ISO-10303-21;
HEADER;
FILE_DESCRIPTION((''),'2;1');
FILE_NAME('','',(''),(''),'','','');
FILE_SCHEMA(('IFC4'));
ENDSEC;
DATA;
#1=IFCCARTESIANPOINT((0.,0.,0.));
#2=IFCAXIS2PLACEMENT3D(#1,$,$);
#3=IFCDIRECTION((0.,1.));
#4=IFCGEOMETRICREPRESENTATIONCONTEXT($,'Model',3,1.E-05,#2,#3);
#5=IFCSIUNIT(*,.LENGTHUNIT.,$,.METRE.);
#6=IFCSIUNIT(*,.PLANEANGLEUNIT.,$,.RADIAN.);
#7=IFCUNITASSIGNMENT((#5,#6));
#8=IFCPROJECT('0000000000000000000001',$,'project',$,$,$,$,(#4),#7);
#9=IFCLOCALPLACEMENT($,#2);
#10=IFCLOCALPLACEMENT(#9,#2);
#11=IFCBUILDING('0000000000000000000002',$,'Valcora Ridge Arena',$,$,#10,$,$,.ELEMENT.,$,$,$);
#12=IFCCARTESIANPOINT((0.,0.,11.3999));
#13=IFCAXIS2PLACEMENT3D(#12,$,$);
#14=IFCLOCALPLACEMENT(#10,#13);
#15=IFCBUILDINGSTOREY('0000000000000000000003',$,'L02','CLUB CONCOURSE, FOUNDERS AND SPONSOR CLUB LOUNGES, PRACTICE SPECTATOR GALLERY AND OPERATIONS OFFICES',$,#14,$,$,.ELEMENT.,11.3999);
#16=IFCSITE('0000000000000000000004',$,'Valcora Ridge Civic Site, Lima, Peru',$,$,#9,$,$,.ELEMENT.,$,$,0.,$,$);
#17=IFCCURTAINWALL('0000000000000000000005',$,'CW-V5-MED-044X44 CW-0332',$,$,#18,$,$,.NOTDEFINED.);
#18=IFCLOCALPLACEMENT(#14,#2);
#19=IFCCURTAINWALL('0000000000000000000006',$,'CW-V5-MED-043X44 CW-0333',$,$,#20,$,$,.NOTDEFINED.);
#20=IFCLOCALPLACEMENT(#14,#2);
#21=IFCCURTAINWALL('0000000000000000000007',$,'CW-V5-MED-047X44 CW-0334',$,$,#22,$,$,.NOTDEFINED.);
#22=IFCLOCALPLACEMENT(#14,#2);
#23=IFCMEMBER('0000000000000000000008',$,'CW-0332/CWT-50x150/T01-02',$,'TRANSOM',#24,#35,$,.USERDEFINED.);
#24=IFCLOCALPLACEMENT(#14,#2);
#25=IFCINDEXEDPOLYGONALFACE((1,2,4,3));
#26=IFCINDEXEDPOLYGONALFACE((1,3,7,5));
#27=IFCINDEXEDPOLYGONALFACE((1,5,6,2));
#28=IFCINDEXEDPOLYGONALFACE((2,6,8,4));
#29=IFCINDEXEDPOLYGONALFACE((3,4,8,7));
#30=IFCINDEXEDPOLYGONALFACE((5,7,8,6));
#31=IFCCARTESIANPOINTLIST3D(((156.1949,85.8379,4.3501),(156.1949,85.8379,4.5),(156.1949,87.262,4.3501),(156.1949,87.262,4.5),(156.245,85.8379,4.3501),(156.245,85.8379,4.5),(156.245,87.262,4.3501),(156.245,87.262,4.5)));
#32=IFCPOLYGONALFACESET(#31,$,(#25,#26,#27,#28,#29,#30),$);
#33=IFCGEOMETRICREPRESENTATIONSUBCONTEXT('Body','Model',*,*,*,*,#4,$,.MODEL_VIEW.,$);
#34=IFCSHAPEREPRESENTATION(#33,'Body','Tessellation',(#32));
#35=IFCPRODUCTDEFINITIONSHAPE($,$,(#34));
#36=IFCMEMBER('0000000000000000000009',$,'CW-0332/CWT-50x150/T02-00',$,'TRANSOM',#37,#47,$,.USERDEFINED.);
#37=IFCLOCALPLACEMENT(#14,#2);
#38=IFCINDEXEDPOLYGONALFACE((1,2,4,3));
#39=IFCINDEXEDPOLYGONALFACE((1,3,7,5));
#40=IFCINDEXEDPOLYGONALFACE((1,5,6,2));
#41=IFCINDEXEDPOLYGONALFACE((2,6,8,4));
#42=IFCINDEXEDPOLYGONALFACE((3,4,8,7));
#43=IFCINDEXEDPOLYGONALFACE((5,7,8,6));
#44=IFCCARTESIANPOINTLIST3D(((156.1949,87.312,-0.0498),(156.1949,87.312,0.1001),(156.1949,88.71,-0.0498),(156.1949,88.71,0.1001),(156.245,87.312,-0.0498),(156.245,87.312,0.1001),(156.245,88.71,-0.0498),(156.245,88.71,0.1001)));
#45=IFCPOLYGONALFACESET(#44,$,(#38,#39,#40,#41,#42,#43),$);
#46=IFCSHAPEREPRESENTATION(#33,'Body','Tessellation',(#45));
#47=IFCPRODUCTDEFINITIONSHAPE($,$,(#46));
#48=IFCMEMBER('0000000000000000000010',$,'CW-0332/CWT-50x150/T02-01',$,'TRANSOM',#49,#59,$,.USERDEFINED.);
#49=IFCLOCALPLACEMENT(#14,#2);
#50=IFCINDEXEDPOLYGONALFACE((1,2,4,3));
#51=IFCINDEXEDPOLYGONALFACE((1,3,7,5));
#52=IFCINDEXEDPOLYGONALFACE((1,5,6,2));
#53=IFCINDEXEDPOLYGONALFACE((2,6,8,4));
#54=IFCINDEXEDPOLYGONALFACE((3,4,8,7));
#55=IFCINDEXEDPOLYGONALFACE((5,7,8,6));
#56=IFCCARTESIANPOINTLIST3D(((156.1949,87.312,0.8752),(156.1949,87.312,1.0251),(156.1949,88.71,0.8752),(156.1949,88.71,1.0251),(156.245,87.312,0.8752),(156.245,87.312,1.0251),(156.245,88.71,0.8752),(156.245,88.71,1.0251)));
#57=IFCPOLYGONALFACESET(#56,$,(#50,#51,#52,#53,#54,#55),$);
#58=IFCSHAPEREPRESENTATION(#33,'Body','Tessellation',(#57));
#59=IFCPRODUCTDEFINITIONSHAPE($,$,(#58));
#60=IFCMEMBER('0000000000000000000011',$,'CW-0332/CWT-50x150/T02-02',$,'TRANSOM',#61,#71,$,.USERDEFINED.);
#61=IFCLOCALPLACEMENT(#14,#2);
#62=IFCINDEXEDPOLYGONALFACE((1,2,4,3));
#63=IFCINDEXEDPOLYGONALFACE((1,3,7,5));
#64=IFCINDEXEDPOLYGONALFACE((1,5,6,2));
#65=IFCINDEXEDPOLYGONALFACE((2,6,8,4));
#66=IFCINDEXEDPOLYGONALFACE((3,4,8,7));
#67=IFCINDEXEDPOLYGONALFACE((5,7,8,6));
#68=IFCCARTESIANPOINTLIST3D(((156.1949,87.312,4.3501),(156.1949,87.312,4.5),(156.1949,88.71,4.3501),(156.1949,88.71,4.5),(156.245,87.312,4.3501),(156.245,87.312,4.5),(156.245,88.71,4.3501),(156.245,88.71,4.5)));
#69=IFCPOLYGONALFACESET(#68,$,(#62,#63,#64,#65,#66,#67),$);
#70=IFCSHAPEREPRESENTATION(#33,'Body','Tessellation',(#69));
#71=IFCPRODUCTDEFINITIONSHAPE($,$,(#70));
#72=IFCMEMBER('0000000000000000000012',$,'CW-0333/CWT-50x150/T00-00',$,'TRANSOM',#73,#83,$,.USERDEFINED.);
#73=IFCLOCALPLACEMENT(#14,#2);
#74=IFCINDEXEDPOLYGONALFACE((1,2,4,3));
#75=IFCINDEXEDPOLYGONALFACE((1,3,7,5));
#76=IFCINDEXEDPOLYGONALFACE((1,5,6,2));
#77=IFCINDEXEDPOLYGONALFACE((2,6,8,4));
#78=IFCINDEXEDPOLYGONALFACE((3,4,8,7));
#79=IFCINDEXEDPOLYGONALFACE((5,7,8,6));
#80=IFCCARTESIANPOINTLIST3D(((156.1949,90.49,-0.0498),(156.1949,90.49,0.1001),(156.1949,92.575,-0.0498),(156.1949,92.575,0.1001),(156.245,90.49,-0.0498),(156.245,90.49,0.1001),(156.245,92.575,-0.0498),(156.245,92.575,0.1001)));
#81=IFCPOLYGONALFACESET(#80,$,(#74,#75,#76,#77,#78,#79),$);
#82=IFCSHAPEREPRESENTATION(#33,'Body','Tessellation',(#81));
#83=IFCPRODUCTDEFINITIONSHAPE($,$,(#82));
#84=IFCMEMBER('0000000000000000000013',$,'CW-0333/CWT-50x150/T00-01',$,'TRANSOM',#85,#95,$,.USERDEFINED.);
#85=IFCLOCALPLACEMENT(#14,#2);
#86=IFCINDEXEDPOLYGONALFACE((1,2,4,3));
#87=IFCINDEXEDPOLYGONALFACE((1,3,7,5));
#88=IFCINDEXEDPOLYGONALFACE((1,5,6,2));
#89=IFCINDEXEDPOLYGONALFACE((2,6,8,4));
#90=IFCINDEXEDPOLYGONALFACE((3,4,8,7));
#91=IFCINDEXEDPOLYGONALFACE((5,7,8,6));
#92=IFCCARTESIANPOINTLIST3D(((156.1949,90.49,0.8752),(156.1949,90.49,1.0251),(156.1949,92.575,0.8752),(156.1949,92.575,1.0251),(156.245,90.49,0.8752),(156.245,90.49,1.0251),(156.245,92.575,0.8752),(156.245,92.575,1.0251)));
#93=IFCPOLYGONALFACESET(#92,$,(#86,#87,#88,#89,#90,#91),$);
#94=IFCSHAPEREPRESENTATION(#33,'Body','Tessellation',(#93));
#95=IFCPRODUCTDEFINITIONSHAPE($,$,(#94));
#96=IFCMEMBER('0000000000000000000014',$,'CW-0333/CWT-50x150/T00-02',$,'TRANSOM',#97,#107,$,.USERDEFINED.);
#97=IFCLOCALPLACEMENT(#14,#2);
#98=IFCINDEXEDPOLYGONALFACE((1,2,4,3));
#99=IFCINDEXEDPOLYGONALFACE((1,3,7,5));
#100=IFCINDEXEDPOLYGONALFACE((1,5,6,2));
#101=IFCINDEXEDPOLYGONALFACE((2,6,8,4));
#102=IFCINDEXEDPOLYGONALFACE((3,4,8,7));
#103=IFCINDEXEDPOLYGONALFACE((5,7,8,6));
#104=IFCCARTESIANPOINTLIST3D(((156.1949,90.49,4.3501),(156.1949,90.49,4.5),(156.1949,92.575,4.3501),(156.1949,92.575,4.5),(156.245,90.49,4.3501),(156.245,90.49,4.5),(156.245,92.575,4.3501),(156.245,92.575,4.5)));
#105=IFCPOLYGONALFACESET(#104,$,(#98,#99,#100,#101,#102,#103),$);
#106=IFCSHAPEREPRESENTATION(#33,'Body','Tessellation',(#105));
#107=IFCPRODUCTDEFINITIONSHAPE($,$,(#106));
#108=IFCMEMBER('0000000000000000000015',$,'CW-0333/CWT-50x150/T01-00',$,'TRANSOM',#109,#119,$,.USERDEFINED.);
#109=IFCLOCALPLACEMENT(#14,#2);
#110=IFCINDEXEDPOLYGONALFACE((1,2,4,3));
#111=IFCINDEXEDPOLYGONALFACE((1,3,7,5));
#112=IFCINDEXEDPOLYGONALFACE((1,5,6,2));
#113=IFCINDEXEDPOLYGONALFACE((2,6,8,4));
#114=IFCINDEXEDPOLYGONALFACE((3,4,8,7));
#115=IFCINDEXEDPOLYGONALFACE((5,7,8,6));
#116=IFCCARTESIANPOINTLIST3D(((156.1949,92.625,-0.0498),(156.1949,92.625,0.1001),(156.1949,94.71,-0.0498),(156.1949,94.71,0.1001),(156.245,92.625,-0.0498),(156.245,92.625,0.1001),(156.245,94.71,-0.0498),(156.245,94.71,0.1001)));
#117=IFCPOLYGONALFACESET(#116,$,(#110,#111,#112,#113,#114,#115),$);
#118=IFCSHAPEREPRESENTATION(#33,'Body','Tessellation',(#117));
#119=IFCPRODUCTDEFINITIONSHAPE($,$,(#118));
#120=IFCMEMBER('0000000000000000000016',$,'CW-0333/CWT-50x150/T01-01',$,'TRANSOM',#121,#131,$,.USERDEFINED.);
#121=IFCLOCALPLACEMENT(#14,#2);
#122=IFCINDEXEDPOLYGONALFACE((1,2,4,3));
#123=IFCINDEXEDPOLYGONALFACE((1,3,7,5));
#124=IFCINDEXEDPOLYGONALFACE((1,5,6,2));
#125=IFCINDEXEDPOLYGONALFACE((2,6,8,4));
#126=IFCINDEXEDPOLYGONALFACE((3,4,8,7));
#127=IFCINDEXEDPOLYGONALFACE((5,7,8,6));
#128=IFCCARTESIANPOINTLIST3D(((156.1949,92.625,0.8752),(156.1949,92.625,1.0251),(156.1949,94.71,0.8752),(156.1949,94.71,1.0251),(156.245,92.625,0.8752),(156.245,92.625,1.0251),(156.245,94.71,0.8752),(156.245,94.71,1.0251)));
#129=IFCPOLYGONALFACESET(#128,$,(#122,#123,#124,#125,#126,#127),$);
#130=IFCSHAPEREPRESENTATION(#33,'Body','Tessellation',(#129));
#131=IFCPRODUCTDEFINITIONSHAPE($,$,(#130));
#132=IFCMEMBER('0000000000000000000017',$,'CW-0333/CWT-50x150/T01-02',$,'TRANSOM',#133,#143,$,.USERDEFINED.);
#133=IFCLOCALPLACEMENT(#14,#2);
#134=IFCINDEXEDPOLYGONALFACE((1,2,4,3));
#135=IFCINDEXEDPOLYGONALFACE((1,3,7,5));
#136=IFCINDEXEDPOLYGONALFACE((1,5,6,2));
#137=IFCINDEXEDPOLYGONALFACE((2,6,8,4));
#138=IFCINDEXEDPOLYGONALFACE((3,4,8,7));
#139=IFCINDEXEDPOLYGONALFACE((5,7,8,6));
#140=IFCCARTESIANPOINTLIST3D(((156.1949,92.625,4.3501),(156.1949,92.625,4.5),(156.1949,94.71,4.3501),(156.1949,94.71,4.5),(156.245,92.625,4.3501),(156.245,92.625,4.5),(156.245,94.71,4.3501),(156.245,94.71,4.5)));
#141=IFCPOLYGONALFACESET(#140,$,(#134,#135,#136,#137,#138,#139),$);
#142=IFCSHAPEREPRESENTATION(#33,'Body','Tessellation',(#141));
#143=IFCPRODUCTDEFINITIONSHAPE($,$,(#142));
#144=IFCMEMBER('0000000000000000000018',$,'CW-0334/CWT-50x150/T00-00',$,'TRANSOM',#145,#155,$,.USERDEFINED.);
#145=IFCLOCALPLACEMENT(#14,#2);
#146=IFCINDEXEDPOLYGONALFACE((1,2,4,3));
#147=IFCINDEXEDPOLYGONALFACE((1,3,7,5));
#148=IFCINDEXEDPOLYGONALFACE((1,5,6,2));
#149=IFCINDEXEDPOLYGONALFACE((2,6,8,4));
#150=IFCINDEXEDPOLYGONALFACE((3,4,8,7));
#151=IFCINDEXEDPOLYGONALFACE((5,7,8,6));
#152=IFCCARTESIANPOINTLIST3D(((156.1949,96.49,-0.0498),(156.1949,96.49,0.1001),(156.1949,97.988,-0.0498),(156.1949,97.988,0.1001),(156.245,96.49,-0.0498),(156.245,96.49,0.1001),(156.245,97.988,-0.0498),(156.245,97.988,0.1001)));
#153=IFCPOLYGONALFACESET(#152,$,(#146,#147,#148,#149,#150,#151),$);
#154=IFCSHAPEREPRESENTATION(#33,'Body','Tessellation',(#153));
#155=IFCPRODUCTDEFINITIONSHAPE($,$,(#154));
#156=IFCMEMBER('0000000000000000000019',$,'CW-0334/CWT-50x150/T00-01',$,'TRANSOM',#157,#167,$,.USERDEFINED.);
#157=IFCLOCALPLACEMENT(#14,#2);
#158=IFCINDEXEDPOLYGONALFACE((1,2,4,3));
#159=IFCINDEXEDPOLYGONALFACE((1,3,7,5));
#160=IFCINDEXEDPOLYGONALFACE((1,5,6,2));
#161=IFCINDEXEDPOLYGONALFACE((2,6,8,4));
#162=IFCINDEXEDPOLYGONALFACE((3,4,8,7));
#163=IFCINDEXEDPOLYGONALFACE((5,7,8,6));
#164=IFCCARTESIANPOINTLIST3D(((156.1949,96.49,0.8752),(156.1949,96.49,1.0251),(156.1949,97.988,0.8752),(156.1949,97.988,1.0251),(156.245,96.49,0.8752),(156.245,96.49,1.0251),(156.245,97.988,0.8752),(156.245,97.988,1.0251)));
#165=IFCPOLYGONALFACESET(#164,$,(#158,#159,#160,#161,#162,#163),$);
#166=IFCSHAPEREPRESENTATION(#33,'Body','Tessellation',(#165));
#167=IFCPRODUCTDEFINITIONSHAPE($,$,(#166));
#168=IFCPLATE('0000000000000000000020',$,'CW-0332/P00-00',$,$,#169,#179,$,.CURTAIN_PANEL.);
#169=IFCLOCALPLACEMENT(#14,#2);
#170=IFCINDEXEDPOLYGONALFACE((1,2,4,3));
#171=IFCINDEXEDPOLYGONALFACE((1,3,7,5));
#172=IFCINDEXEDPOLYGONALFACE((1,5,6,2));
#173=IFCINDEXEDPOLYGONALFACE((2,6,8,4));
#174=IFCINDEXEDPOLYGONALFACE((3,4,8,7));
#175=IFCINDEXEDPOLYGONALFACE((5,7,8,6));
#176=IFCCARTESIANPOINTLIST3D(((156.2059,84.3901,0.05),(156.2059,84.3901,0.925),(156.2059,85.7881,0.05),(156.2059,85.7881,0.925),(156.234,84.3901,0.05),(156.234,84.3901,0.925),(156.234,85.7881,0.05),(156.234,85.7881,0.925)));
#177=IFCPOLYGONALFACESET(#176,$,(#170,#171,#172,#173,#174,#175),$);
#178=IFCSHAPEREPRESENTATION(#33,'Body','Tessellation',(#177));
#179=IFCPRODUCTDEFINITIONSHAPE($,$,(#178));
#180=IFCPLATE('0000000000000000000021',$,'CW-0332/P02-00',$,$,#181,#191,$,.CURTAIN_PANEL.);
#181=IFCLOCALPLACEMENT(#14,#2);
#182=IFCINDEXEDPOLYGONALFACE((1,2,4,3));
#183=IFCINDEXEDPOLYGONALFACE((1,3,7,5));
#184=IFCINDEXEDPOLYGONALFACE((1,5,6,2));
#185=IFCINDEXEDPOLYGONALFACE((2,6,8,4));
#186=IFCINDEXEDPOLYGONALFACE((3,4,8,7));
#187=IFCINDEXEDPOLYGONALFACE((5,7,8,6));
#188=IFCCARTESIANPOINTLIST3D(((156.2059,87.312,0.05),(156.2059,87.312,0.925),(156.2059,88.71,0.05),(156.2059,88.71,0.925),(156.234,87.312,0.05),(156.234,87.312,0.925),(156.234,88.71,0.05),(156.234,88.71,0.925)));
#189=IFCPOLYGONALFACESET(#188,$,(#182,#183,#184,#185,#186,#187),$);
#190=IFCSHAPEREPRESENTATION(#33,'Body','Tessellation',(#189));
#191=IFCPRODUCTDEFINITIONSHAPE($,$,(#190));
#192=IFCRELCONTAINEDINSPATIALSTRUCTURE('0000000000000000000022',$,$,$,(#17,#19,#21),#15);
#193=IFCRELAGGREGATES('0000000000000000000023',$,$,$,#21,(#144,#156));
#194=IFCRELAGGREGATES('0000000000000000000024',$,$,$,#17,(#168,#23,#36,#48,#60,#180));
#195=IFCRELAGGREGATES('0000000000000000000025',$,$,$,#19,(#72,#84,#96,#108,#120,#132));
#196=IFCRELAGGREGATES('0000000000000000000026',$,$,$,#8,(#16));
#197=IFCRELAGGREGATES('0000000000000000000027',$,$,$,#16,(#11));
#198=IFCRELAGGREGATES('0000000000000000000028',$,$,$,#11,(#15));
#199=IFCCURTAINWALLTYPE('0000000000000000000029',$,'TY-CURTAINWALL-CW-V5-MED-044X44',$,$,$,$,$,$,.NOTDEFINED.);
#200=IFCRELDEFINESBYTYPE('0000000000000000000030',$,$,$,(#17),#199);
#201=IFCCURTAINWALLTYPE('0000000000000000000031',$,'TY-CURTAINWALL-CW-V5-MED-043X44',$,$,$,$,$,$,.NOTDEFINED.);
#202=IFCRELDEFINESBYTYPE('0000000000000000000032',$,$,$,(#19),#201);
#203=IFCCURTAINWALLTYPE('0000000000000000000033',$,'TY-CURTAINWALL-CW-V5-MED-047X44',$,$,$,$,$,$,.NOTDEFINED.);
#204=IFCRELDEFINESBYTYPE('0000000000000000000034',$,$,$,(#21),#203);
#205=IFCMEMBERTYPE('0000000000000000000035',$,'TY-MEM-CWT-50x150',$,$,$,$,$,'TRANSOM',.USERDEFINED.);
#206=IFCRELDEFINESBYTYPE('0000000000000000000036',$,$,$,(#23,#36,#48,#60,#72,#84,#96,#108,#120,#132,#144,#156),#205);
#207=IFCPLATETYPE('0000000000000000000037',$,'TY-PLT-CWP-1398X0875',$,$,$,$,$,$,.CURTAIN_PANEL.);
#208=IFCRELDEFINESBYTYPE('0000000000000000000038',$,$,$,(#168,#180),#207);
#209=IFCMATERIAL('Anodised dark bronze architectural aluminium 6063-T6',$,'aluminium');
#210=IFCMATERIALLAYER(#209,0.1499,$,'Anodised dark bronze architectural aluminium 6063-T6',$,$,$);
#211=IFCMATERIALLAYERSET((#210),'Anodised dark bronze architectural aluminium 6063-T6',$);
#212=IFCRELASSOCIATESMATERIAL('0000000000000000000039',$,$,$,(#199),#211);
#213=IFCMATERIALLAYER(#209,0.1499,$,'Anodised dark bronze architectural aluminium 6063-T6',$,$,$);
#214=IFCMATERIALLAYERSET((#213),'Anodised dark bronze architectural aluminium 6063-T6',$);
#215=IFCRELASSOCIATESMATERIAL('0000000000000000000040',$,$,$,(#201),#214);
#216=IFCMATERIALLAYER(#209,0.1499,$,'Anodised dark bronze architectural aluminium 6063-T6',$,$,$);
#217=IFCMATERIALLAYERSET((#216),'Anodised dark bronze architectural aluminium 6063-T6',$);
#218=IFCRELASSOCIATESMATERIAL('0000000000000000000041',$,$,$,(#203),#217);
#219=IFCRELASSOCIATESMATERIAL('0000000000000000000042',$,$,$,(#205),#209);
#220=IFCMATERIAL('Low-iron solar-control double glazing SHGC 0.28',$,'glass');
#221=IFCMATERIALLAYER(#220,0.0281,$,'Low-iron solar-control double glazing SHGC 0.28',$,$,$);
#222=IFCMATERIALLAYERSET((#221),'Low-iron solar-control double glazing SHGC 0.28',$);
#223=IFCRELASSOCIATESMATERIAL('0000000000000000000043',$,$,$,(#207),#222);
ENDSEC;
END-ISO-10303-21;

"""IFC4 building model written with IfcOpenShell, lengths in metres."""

from ifc_helpers import new_model, si_unit, direction, frame, origin, origin_2d, place, context, subcontext, project, spatial, rectangle, extrude, material, layer, layer_set, material_profile, profile_set, type_object, element, aggregate, save


model = new_model("IFC4")

# Units and contexts
model_context = context("Model", 3, precision=1e-05, world=origin(), true_north=direction((0.0, 1.0)))
body_context = subcontext(model_context, "Body", "Model", "MODEL_VIEW")
ifc_project = project(units=[si_unit("LENGTHUNIT", "METRE"), si_unit("PLANEANGLEUNIT", "RADIAN")], contexts=[model_context])

# Site, building, storey
site_placement = place(None, origin())
site = spatial("IfcSite", under=ifc_project, at=site_placement, Name="Valcora Ridge Civic Site, Lima, Peru", CompositionType="ELEMENT", RefElevation=0.0)
building_placement = place(site_placement, origin())
building = spatial("IfcBuilding", under=site, at=building_placement, Name="Valcora Ridge Arena", CompositionType="ELEMENT")
storey_placement = place(building_placement, frame((0.0, 0.0, 11.3999)))
storey = spatial("IfcBuildingStorey", under=building, at=storey_placement, Name="L02", Description="CLUB CONCOURSE, FOUNDERS AND SPONSOR CLUB LOUNGES, PRACTICE SPECTATOR GALLERY AND OPERATIONS OFFICES", CompositionType="ELEMENT", Elevation=11.3999)

# Curtain walls
ifc_material_1 = material(Name="Anodised dark bronze architectural aluminium 6063-T6", Category="aluminium")
ifc_layer_1 = layer(ifc_material_1, 0.1499, Name="Anodised dark bronze architectural aluminium 6063-T6")
ifc_layer_set_1 = layer_set([ifc_layer_1], Name="Anodised dark bronze architectural aluminium 6063-T6")
curtain_wall_type_1 = type_object("IfcCurtainWallType", Name="TY-CURTAINWALL-CW-V5-MED-044X44", PredefinedType="NOTDEFINED", material=ifc_layer_set_1)
curtain_wall_1_placement = place(storey_placement, origin())
curtain_wall_1 = element("IfcCurtainWall", 1, at=curtain_wall_1_placement, inside=storey, type_object=curtain_wall_type_1, Name="CW-V5-MED-044X44 CW-0332", PredefinedType="NOTDEFINED")
ifc_layer_2 = layer(ifc_material_1, 0.1499, Name="Anodised dark bronze architectural aluminium 6063-T6")
ifc_layer_set_2 = layer_set([ifc_layer_2], Name="Anodised dark bronze architectural aluminium 6063-T6")
curtain_wall_type_2 = type_object("IfcCurtainWallType", Name="TY-CURTAINWALL-CW-V5-MED-043X44", PredefinedType="NOTDEFINED", material=ifc_layer_set_2)
curtain_wall_2_placement = place(storey_placement, origin())
curtain_wall_2 = element("IfcCurtainWall", 2, at=curtain_wall_2_placement, inside=storey, type_object=curtain_wall_type_2, Name="CW-V5-MED-043X44 CW-0333", PredefinedType="NOTDEFINED")

# Curtain wall
ifc_layer_3 = layer(ifc_material_1, 0.1499, Name="Anodised dark bronze architectural aluminium 6063-T6")
ifc_layer_set_3 = layer_set([ifc_layer_3], Name="Anodised dark bronze architectural aluminium 6063-T6")
curtain_wall_type_3 = type_object("IfcCurtainWallType", Name="TY-CURTAINWALL-CW-V5-MED-047X44", PredefinedType="NOTDEFINED", material=ifc_layer_set_3)
curtain_wall_3_placement = place(storey_placement, origin())
curtain_wall_3 = element("IfcCurtainWall", 3, at=curtain_wall_3_placement, inside=storey, type_object=curtain_wall_type_3, Name="CW-V5-MED-047X44 CW-0334", PredefinedType="NOTDEFINED")

# Members
ifc_material_profile_1 = material_profile(ifc_material_1, rectangle(XDim=0.05, YDim=0.1499, at=origin_2d()), Name="ALU TRANSOM 50x150")
ifc_profile_set_1 = profile_set([ifc_material_profile_1], Name="Anodised dark bronze architectural aluminium 6063-T6")
member_type_1 = type_object("IfcMemberType", Name="TY-MEM-CWT-50x150", ElementType="TRANSOM", PredefinedType="USERDEFINED", material=ifc_profile_set_1)
member_1_placement = place(storey_placement, frame((156.22, 85.8379, 4.425), z_axis=(0.0, 1.0, 0.0), x_axis=(-1.0, 0.0, 0.0)))
member_1 = element("IfcMember", 4, at=member_1_placement, type_object=member_type_1, Name="CW-0332/CWT-50x150/T01-02", ObjectType="TRANSOM", PredefinedType="USERDEFINED", context=body_context, shape_type="SweptSolid", body=[
    extrude(rectangle(XDim=0.05, YDim=0.1499, at=origin_2d()), origin(), (0.0, 0.0, 1.0), 1.4241),
])
member_2_placement = place(storey_placement, frame((156.22, 87.312, 0.0251), z_axis=(0.0, 1.0, 0.0), x_axis=(-1.0, 0.0, 0.0)))
member_2 = element("IfcMember", 5, at=member_2_placement, type_object=member_type_1, Name="CW-0332/CWT-50x150/T02-00", ObjectType="TRANSOM", PredefinedType="USERDEFINED", context=body_context, shape_type="SweptSolid", body=[
    extrude(rectangle(XDim=0.05, YDim=0.1499, at=origin_2d()), origin(), (0.0, 0.0, 1.0), 1.3979),
])
member_3_placement = place(storey_placement, frame((156.22, 87.312, 0.9502), z_axis=(0.0, 1.0, 0.0), x_axis=(-1.0, 0.0, 0.0)))
member_3 = element("IfcMember", 6, at=member_3_placement, type_object=member_type_1, Name="CW-0332/CWT-50x150/T02-01", ObjectType="TRANSOM", PredefinedType="USERDEFINED", context=body_context, shape_type="SweptSolid", body=[
    extrude(rectangle(XDim=0.05, YDim=0.1499, at=origin_2d()), origin(), (0.0, 0.0, 1.0), 1.3979),
])
member_4_placement = place(storey_placement, frame((156.22, 87.312, 4.425), z_axis=(0.0, 1.0, 0.0), x_axis=(-1.0, 0.0, 0.0)))
member_4 = element("IfcMember", 7, at=member_4_placement, type_object=member_type_1, Name="CW-0332/CWT-50x150/T02-02", ObjectType="TRANSOM", PredefinedType="USERDEFINED", context=body_context, shape_type="SweptSolid", body=[
    extrude(rectangle(XDim=0.05, YDim=0.1499, at=origin_2d()), origin(), (0.0, 0.0, 1.0), 1.3979),
])
member_5_placement = place(storey_placement, frame((156.22, 90.49, 0.0251), z_axis=(0.0, 1.0, 0.0), x_axis=(-1.0, 0.0, 0.0)))
member_5 = element("IfcMember", 8, at=member_5_placement, type_object=member_type_1, Name="CW-0333/CWT-50x150/T00-00", ObjectType="TRANSOM", PredefinedType="USERDEFINED", context=body_context, shape_type="SweptSolid", body=[
    extrude(rectangle(XDim=0.05, YDim=0.1499, at=origin_2d()), origin(), (0.0, 0.0, 1.0), 2.085),
])
member_6_placement = place(storey_placement, frame((156.22, 90.49, 0.9502), z_axis=(0.0, 1.0, 0.0), x_axis=(-1.0, 0.0, 0.0)))
member_6 = element("IfcMember", 9, at=member_6_placement, type_object=member_type_1, Name="CW-0333/CWT-50x150/T00-01", ObjectType="TRANSOM", PredefinedType="USERDEFINED", context=body_context, shape_type="SweptSolid", body=[
    extrude(rectangle(XDim=0.05, YDim=0.1499, at=origin_2d()), origin(), (0.0, 0.0, 1.0), 2.085),
])
member_7_placement = place(storey_placement, frame((156.22, 90.49, 4.425), z_axis=(0.0, 1.0, 0.0), x_axis=(-1.0, 0.0, 0.0)))
member_7 = element("IfcMember", 10, at=member_7_placement, type_object=member_type_1, Name="CW-0333/CWT-50x150/T00-02", ObjectType="TRANSOM", PredefinedType="USERDEFINED", context=body_context, shape_type="SweptSolid", body=[
    extrude(rectangle(XDim=0.05, YDim=0.1499, at=origin_2d()), origin(), (0.0, 0.0, 1.0), 2.085),
])
member_8_placement = place(storey_placement, frame((156.22, 92.625, 0.0251), z_axis=(0.0, 1.0, 0.0), x_axis=(-1.0, 0.0, 0.0)))
member_8 = element("IfcMember", 11, at=member_8_placement, type_object=member_type_1, Name="CW-0333/CWT-50x150/T01-00", ObjectType="TRANSOM", PredefinedType="USERDEFINED", context=body_context, shape_type="SweptSolid", body=[
    extrude(rectangle(XDim=0.05, YDim=0.1499, at=origin_2d()), origin(), (0.0, 0.0, 1.0), 2.085),
])
member_9_placement = place(storey_placement, frame((156.22, 92.625, 0.9502), z_axis=(0.0, 1.0, 0.0), x_axis=(-1.0, 0.0, 0.0)))
member_9 = element("IfcMember", 12, at=member_9_placement, type_object=member_type_1, Name="CW-0333/CWT-50x150/T01-01", ObjectType="TRANSOM", PredefinedType="USERDEFINED", context=body_context, shape_type="SweptSolid", body=[
    extrude(rectangle(XDim=0.05, YDim=0.1499, at=origin_2d()), origin(), (0.0, 0.0, 1.0), 2.085),
])
member_10_placement = place(storey_placement, frame((156.22, 92.625, 4.425), z_axis=(0.0, 1.0, 0.0), x_axis=(-1.0, 0.0, 0.0)))
member_10 = element("IfcMember", 13, at=member_10_placement, type_object=member_type_1, Name="CW-0333/CWT-50x150/T01-02", ObjectType="TRANSOM", PredefinedType="USERDEFINED", context=body_context, shape_type="SweptSolid", body=[
    extrude(rectangle(XDim=0.05, YDim=0.1499, at=origin_2d()), origin(), (0.0, 0.0, 1.0), 2.085),
])
member_11_placement = place(storey_placement, frame((156.22, 96.49, 0.0251), z_axis=(0.0, 1.0, 0.0), x_axis=(-1.0, 0.0, 0.0)))
member_11 = element("IfcMember", 14, at=member_11_placement, type_object=member_type_1, Name="CW-0334/CWT-50x150/T00-00", ObjectType="TRANSOM", PredefinedType="USERDEFINED", context=body_context, shape_type="SweptSolid", body=[
    extrude(rectangle(XDim=0.05, YDim=0.1499, at=origin_2d()), origin(), (0.0, 0.0, 1.0), 1.498),
])
member_12_placement = place(storey_placement, frame((156.22, 96.49, 0.9502), z_axis=(0.0, 1.0, 0.0), x_axis=(-1.0, 0.0, 0.0)))
member_12 = element("IfcMember", 15, at=member_12_placement, type_object=member_type_1, Name="CW-0334/CWT-50x150/T00-01", ObjectType="TRANSOM", PredefinedType="USERDEFINED", context=body_context, shape_type="SweptSolid", body=[
    extrude(rectangle(XDim=0.05, YDim=0.1499, at=origin_2d()), origin(), (0.0, 0.0, 1.0), 1.498),
])
aggregate(curtain_wall_3, [member_11, member_12])

# Plates
ifc_material_2 = material(Name="Low-iron solar-control double glazing SHGC 0.28", Category="glass")
ifc_layer_4 = layer(ifc_material_2, 0.0281, Name="Low-iron solar-control double glazing SHGC 0.28")
ifc_layer_set_4 = layer_set([ifc_layer_4], Name="Low-iron solar-control double glazing SHGC 0.28")
plate_type_1 = type_object("IfcPlateType", Name="TY-PLT-CWP-1398X0875", PredefinedType="CURTAIN_PANEL", material=ifc_layer_set_4)
plate_1_placement = place(storey_placement, frame((156.22, 85.0891, 0.05), z_axis=(0.0, 0.0, 1.0), x_axis=(0.0, 1.0, 0.0)))
plate_1 = element("IfcPlate", 16, at=plate_1_placement, type_object=plate_type_1, Name="CW-0332/P00-00", PredefinedType="CURTAIN_PANEL", context=body_context, shape_type="SweptSolid", body=[
    extrude(rectangle(XDim=1.3979, YDim=0.0281, at=origin_2d()), origin(), (0.0, 0.0, 1.0), 0.875),
])
plate_2_placement = place(storey_placement, frame((156.22, 88.011, 0.05), z_axis=(0.0, 0.0, 1.0), x_axis=(0.0, 1.0, 0.0)))
plate_2 = element("IfcPlate", 17, at=plate_2_placement, type_object=plate_type_1, Name="CW-0332/P02-00", PredefinedType="CURTAIN_PANEL", context=body_context, shape_type="SweptSolid", body=[
    extrude(rectangle(XDim=1.3979, YDim=0.0281, at=origin_2d()), origin(), (0.0, 0.0, 1.0), 0.875),
])
aggregate(curtain_wall_1, [plate_1, member_1, member_2, member_3, member_4, plate_2])
aggregate(curtain_wall_2, [member_5, member_6, member_7, member_8, member_9, member_10])

save(model, "model.ifc")
